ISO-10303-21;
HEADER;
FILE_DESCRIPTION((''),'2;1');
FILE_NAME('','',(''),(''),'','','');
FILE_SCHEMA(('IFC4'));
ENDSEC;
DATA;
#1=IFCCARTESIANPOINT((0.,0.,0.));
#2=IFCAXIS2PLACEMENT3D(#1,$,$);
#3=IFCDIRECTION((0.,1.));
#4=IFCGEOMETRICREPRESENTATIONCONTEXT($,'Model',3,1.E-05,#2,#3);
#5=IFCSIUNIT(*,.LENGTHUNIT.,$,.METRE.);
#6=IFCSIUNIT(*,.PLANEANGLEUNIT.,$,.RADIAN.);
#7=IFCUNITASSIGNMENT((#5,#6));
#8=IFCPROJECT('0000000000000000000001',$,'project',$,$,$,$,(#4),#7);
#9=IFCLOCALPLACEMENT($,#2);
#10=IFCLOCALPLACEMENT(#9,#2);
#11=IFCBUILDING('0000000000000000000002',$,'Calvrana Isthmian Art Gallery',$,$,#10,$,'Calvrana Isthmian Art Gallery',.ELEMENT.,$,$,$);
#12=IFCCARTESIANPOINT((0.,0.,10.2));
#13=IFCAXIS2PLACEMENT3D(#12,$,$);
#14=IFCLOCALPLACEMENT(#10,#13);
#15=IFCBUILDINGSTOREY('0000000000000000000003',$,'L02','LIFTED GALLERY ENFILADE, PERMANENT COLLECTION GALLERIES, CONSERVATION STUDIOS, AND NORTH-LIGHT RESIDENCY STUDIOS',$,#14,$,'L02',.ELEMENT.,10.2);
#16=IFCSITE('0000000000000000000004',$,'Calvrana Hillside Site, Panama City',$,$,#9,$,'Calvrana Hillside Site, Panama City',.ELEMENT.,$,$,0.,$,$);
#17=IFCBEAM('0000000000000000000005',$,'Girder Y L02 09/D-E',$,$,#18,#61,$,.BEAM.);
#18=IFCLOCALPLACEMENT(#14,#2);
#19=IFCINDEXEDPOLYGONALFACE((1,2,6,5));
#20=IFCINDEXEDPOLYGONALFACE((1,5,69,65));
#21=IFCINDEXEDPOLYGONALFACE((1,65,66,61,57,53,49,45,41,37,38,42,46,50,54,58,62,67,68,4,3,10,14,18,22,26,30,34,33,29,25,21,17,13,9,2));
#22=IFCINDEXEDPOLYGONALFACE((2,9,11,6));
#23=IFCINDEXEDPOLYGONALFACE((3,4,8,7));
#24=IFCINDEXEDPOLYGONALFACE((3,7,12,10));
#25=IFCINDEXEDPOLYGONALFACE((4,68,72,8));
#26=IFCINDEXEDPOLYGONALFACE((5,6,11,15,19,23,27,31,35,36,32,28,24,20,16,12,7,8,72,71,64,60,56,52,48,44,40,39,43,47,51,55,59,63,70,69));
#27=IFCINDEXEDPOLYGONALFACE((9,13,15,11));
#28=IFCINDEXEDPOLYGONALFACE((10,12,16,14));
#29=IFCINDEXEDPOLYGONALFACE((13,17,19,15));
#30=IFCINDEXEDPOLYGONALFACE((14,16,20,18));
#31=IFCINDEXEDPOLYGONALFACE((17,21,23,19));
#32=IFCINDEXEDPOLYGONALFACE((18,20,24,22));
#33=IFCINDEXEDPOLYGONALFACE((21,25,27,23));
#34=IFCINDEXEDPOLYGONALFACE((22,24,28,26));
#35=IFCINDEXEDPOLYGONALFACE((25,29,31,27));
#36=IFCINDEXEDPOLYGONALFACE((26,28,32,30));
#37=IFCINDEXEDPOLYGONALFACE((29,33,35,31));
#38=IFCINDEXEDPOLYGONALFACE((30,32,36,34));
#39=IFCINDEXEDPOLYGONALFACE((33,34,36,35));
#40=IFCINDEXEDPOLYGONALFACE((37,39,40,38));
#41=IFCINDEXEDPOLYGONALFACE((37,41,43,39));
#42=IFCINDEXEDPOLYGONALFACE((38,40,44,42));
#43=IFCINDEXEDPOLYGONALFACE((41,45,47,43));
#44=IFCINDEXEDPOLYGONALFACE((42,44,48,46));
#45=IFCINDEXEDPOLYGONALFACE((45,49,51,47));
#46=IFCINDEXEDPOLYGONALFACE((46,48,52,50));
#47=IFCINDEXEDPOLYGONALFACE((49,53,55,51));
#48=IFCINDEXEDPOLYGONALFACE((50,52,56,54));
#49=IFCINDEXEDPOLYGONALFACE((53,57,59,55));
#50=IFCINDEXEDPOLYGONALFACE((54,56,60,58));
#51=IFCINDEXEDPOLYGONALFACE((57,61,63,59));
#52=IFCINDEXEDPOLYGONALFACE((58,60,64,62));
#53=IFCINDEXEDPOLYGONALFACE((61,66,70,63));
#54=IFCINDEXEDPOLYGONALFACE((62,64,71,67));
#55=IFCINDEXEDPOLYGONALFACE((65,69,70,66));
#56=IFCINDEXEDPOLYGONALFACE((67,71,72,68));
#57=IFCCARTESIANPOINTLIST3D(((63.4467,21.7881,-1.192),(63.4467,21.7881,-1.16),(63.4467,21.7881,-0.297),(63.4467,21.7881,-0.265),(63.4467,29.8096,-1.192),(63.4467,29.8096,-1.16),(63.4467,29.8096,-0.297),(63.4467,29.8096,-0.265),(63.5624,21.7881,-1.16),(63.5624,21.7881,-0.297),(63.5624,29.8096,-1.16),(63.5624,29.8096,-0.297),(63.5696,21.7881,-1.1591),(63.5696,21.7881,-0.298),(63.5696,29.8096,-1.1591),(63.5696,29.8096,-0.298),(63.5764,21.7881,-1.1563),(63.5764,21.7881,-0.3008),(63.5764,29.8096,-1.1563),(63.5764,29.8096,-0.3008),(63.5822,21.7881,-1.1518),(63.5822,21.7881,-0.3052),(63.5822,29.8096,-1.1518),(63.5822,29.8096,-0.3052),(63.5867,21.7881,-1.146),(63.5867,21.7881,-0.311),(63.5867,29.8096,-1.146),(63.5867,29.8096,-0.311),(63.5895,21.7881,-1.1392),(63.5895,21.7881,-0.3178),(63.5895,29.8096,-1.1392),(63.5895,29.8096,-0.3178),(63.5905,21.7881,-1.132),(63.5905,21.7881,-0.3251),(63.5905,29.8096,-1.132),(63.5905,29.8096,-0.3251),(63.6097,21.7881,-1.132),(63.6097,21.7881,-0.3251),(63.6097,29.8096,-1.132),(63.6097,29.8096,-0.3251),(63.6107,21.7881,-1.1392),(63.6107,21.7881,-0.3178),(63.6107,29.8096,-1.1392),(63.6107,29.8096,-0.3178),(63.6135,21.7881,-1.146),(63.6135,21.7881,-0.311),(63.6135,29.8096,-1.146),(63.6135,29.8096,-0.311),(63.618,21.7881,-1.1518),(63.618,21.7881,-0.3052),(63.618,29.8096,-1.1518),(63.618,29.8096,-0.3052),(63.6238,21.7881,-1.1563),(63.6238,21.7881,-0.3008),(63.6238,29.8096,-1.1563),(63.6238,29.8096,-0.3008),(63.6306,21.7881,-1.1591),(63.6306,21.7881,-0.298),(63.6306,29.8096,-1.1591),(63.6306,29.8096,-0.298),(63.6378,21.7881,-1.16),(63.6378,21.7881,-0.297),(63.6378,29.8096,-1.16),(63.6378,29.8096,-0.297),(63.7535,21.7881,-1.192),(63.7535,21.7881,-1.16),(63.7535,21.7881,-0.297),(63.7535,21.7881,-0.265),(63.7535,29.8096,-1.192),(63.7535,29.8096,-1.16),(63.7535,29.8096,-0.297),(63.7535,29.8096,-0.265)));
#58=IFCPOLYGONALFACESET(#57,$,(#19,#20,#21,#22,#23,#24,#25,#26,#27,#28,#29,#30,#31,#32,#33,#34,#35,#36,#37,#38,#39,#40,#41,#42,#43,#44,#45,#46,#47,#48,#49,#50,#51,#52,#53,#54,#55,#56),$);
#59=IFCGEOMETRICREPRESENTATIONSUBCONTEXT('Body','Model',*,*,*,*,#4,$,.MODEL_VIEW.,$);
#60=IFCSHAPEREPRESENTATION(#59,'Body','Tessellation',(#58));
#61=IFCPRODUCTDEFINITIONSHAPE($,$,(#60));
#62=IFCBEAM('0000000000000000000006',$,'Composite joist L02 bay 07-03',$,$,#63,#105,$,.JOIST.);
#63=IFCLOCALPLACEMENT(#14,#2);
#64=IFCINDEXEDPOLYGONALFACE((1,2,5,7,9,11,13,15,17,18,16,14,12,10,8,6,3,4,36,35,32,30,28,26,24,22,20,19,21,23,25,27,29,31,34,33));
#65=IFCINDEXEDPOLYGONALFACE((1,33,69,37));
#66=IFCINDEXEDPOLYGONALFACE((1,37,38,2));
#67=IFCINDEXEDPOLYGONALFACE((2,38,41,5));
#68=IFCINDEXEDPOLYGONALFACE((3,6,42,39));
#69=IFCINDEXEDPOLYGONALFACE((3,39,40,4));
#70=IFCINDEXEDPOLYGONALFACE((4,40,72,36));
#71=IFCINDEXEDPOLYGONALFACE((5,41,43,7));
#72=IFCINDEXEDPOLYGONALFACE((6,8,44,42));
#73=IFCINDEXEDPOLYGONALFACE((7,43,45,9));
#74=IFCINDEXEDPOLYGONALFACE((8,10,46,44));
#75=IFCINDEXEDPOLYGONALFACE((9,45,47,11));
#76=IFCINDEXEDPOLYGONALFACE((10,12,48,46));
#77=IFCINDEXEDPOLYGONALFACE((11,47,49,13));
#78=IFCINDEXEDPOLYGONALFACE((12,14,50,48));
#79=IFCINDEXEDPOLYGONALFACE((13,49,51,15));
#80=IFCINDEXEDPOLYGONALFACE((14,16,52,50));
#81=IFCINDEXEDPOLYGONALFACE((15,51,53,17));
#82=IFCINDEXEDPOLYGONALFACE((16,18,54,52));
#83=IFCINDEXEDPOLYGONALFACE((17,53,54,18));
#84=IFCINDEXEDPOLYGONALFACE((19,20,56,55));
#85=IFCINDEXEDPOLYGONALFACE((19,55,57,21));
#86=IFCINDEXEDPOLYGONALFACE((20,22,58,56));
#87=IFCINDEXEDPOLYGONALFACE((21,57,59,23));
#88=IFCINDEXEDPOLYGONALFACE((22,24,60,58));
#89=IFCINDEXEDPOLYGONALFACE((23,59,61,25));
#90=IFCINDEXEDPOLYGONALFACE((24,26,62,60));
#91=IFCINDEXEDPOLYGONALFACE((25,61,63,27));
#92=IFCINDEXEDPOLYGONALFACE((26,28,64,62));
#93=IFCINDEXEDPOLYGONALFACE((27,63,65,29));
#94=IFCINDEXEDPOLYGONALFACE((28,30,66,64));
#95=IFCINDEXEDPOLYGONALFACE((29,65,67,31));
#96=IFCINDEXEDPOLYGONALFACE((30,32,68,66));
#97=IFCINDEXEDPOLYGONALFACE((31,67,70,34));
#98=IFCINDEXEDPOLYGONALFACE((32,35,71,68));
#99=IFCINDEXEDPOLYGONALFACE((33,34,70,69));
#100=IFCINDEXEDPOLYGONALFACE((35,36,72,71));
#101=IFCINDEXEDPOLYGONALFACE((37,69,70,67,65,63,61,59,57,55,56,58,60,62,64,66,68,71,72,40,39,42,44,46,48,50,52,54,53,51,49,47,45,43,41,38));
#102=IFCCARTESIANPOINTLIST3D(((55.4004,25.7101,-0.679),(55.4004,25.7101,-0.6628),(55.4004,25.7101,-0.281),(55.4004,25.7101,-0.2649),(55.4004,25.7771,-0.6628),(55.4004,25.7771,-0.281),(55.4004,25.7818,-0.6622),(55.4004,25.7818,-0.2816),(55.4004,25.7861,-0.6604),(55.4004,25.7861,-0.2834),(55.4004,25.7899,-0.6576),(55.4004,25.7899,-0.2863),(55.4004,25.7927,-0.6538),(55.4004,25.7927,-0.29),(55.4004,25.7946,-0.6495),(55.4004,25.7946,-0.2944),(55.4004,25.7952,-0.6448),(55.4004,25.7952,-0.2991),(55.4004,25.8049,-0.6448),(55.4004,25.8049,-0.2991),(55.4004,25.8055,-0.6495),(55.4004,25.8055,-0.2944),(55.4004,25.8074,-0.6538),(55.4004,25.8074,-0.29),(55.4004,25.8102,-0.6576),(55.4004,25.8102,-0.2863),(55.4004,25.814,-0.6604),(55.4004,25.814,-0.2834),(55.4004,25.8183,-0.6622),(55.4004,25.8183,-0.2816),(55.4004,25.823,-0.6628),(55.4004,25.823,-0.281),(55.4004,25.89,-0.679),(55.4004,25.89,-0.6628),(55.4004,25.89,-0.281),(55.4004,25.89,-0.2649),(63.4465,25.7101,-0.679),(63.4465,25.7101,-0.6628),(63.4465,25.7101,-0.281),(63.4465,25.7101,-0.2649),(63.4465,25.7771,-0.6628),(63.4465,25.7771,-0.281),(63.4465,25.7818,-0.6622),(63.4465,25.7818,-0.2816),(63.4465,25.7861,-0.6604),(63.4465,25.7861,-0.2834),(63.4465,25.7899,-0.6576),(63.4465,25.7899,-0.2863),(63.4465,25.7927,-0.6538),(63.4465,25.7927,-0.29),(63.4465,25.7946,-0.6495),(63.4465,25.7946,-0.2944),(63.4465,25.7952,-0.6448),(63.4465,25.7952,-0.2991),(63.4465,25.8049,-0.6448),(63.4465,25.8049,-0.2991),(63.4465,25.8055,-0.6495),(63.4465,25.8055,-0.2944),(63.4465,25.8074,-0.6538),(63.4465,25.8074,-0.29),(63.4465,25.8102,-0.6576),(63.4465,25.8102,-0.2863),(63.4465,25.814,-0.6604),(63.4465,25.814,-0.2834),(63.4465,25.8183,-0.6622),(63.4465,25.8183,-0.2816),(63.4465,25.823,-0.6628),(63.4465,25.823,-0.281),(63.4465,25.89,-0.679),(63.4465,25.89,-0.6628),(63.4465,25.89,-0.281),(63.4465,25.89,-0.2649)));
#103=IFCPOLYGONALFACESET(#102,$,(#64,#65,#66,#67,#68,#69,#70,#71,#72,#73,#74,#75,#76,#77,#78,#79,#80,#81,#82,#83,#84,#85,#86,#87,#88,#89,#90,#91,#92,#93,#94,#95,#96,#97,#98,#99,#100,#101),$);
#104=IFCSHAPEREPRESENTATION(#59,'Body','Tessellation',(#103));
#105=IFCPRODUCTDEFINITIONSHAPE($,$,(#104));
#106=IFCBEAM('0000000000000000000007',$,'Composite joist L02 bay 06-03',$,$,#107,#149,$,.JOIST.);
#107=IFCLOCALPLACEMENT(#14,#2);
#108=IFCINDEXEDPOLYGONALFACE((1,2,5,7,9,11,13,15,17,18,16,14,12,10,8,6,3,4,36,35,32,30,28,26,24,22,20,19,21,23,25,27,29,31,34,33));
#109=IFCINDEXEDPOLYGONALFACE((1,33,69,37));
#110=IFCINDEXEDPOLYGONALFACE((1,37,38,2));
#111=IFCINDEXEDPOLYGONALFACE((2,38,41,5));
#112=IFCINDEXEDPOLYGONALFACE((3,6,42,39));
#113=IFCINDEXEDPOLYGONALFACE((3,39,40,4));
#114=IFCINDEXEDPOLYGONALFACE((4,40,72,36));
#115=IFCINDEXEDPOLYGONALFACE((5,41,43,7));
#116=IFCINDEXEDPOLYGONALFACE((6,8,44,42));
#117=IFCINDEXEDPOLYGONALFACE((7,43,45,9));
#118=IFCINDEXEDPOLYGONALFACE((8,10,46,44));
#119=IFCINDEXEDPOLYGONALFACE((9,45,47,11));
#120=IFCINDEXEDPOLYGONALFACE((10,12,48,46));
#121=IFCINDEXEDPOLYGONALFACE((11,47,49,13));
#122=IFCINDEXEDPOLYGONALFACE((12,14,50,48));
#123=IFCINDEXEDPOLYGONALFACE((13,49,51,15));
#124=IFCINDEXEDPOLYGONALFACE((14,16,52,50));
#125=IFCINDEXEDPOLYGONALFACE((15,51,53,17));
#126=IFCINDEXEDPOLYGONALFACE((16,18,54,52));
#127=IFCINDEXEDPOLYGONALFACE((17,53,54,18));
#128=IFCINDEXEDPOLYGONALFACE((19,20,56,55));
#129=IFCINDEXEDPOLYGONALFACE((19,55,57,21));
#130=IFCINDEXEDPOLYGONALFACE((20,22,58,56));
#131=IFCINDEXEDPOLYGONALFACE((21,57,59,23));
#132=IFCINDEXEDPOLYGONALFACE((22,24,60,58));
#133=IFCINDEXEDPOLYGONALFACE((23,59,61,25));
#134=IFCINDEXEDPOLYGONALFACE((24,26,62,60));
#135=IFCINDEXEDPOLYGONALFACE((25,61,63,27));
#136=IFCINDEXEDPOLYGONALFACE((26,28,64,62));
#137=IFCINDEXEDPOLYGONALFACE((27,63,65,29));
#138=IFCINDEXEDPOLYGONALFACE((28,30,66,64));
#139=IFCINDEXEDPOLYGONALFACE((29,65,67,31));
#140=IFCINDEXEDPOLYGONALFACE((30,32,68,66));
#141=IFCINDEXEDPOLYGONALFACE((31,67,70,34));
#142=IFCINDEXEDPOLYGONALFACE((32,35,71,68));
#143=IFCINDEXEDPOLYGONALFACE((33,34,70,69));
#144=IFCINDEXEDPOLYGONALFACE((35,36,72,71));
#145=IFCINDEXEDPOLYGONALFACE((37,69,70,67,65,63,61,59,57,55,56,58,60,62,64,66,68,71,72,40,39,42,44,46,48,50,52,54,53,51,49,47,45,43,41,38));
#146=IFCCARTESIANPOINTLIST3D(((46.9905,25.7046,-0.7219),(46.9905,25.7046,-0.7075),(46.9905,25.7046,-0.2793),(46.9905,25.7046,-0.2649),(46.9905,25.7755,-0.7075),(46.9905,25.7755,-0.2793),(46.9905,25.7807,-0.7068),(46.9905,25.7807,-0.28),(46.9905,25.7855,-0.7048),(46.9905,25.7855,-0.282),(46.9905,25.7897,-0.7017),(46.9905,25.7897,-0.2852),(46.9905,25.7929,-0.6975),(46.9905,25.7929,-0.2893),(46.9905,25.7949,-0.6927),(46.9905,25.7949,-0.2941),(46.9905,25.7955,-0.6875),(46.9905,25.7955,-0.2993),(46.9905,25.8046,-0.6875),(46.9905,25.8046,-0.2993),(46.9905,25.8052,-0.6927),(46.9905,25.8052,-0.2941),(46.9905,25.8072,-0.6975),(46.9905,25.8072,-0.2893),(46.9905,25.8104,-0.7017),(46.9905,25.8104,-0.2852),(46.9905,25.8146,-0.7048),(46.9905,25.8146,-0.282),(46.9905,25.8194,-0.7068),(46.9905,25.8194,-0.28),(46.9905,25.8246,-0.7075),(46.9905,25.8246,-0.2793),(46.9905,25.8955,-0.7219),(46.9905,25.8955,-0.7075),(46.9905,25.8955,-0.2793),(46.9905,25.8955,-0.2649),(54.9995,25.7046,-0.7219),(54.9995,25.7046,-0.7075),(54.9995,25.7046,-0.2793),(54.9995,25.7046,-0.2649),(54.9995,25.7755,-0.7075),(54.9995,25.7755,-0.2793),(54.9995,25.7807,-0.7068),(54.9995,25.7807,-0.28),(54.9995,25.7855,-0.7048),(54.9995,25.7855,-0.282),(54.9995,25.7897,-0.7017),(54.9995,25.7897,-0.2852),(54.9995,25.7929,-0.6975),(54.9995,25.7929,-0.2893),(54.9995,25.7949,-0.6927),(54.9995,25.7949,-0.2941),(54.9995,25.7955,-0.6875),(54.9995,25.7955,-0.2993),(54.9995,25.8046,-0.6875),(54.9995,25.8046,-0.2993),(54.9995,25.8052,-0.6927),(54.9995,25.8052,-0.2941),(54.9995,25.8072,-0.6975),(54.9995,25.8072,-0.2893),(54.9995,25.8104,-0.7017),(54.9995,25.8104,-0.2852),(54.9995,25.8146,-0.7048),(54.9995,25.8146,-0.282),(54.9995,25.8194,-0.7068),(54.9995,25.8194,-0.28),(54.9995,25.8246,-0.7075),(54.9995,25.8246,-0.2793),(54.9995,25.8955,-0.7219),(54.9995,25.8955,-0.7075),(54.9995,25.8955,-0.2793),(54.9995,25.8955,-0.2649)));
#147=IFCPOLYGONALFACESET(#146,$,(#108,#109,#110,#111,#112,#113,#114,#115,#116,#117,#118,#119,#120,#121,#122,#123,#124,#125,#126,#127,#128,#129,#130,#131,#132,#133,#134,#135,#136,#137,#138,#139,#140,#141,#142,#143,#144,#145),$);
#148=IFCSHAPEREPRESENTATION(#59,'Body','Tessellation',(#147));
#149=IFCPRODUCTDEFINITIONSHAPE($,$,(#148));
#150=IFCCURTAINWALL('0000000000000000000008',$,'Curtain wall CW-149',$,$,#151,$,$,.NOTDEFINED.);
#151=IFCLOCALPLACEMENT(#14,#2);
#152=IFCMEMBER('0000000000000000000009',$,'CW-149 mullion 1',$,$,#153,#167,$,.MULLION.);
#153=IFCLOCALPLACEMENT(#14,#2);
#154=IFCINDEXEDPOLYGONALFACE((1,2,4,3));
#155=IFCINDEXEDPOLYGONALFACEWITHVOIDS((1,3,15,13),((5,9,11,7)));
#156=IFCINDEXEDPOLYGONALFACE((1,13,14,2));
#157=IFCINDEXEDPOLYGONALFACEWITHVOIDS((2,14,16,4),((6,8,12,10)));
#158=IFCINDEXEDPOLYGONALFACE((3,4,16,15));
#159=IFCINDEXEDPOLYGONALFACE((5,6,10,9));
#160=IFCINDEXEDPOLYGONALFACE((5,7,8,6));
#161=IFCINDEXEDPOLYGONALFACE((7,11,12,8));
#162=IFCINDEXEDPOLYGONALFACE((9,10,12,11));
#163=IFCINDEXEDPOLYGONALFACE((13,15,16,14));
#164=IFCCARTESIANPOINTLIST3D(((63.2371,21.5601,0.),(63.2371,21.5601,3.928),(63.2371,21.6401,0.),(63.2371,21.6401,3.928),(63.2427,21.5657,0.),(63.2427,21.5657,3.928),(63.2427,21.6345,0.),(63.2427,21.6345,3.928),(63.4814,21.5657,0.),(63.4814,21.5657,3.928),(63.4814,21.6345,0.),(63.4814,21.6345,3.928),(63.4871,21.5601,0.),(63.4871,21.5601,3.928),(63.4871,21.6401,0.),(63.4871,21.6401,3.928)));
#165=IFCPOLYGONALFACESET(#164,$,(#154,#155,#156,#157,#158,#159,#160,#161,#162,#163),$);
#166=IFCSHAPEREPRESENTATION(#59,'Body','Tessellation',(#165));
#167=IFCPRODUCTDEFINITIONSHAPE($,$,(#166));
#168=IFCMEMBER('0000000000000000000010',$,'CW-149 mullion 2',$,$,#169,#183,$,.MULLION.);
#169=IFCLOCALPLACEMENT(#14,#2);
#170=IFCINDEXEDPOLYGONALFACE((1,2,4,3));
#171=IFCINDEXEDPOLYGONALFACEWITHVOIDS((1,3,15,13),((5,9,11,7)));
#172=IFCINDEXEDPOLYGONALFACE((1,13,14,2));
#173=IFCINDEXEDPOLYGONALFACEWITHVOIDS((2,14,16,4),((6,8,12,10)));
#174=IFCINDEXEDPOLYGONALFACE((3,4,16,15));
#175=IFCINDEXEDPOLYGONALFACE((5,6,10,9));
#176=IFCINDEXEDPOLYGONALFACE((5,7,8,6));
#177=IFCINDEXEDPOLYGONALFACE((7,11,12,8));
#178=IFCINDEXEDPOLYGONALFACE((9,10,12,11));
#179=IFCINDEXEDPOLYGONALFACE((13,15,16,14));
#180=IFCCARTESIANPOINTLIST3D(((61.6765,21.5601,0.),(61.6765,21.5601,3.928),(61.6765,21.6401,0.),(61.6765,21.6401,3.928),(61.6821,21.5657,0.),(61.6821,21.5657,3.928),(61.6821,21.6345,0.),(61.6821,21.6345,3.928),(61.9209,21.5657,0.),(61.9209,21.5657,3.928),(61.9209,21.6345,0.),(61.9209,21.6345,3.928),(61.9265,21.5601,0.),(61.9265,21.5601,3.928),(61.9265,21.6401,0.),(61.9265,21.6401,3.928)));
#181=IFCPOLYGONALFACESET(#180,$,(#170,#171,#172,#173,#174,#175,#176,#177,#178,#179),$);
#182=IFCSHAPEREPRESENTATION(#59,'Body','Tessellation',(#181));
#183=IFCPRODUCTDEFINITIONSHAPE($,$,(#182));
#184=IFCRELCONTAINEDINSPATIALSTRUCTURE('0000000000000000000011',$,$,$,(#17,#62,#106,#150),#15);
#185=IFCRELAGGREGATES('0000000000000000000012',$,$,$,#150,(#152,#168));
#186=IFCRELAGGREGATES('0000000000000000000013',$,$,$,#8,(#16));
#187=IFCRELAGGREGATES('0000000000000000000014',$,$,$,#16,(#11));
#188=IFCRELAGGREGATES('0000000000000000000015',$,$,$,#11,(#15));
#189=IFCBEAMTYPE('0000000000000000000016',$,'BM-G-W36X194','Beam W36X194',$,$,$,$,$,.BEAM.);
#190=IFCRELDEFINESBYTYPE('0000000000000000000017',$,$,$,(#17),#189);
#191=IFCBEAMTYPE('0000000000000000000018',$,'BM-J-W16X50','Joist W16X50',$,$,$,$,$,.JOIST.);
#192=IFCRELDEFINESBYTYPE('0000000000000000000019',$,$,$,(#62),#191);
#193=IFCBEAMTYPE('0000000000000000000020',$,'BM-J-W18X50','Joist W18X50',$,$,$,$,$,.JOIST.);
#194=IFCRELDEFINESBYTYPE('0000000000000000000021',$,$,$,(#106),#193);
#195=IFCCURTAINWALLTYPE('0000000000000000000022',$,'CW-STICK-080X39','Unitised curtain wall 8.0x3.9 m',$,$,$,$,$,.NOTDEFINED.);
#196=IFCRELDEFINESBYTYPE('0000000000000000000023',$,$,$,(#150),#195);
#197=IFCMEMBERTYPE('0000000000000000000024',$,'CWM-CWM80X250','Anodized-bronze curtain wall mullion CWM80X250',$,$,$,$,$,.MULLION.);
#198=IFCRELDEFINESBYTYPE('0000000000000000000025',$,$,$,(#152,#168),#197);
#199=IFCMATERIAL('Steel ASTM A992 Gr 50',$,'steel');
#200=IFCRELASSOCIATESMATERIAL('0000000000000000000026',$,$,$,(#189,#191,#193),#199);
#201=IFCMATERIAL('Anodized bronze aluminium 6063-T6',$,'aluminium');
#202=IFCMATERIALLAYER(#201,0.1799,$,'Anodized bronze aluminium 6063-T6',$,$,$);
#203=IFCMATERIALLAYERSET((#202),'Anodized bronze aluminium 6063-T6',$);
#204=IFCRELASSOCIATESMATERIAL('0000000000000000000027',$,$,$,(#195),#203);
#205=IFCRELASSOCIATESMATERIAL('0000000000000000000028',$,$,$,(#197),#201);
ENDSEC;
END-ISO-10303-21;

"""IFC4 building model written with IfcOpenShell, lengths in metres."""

from ifc_helpers import new_model, si_unit, direction, frame, origin, origin_2d, place, context, subcontext, project, spatial, hollow_rectangle, i_section, extrude, material, layer, layer_set, material_profile, profile_set, type_object, element, aggregate, save


model = new_model("IFC4")

# Units and contexts
model_context = context("Model", 3, precision=1e-05, world=origin(), true_north=direction((0.0, 1.0)))
body_context = subcontext(model_context, "Body", "Model", "MODEL_VIEW")
ifc_project = project(units=[si_unit("LENGTHUNIT", "METRE"), si_unit("PLANEANGLEUNIT", "RADIAN")], contexts=[model_context])

# Site, building, storey
site_placement = place(None, origin())
site = spatial("IfcSite", under=ifc_project, at=site_placement, Name="Calvrana Hillside Site, Panama City", LongName="Calvrana Hillside Site, Panama City", CompositionType="ELEMENT", RefElevation=0.0)
building_placement = place(site_placement, origin())
building = spatial("IfcBuilding", under=site, at=building_placement, Name="Calvrana Isthmian Art Gallery", LongName="Calvrana Isthmian Art Gallery", CompositionType="ELEMENT")
storey_placement = place(building_placement, frame((0.0, 0.0, 10.2)))
storey = spatial("IfcBuildingStorey", under=building, at=storey_placement, Name="L02", Description="LIFTED GALLERY ENFILADE, PERMANENT COLLECTION GALLERIES, CONSERVATION STUDIOS, AND NORTH-LIGHT RESIDENCY STUDIOS", LongName="L02", CompositionType="ELEMENT", Elevation=10.2)

# Shared definitions
ifc_material_1 = material(Name="Steel ASTM A992 Gr 50", Category="steel")

# Beams
ifc_material_profile_1 = material_profile(ifc_material_1, i_section(OverallWidth=0.3069, OverallDepth=0.927, WebThickness=0.0193, FlangeThickness=0.032, FilletRadius=0.0281, at=origin_2d()), Name="W36X194")
ifc_profile_set_1 = profile_set([ifc_material_profile_1], Name="Steel ASTM A992 Gr 50")
beam_type_1 = type_object("IfcBeamType", Name="BM-G-W36X194", Description="Beam W36X194", PredefinedType="BEAM", material=ifc_profile_set_1)
beam_1_placement = place(storey_placement, frame((63.6001, 21.7881, -0.7285), z_axis=(0.0, 1.0, 0.0), x_axis=(-1.0, 0.0, 0.0)))
element("IfcBeam", 1, at=beam_1_placement, inside=storey, type_object=beam_type_1, Name="Girder Y L02 09/D-E", PredefinedType="BEAM", context=body_context, shape_type="SweptSolid", body=[
    extrude(i_section(OverallWidth=0.3069, OverallDepth=0.927, WebThickness=0.0193, FlangeThickness=0.032, FilletRadius=0.0281, at=origin_2d()), origin(), (0.0, 0.0, 1.0), 8.0215),
])
ifc_material_profile_2 = material_profile(ifc_material_1, i_section(OverallWidth=0.1799, OverallDepth=0.4141, WebThickness=0.0098, FlangeThickness=0.0161, FilletRadius=0.0181, at=origin_2d()), Name="W16X50")
ifc_profile_set_2 = profile_set([ifc_material_profile_2], Name="Steel ASTM A992 Gr 50")
beam_type_2 = type_object("IfcBeamType", Name="BM-J-W16X50", Description="Joist W16X50", PredefinedType="JOIST", material=ifc_profile_set_2)
beam_2_placement = place(storey_placement, frame((55.4004, 25.8, -0.4719), z_axis=(1.0, 0.0, 0.0), x_axis=(0.0, 1.0, 0.0)))
element("IfcBeam", 2, at=beam_2_placement, inside=storey, type_object=beam_type_2, Name="Composite joist L02 bay 07-03", PredefinedType="JOIST", context=body_context, shape_type="SweptSolid", body=[
    extrude(i_section(OverallWidth=0.1799, OverallDepth=0.4141, WebThickness=0.0098, FlangeThickness=0.0161, FilletRadius=0.0181, at=origin_2d()), origin(), (0.0, 0.0, 1.0), 8.0461),
])
ifc_material_profile_3 = material_profile(ifc_material_1, i_section(OverallWidth=0.1909, OverallDepth=0.457, WebThickness=0.009, FlangeThickness=0.0144, FilletRadius=0.02, at=origin_2d()), Name="W18X50")
ifc_profile_set_3 = profile_set([ifc_material_profile_3], Name="Steel ASTM A992 Gr 50")
beam_type_3 = type_object("IfcBeamType", Name="BM-J-W18X50", Description="Joist W18X50", PredefinedType="JOIST", material=ifc_profile_set_3)
beam_3_placement = place(storey_placement, frame((46.9905, 25.8, -0.4934), z_axis=(1.0, 0.0, 0.0), x_axis=(0.0, 1.0, 0.0)))
element("IfcBeam", 3, at=beam_3_placement, inside=storey, type_object=beam_type_3, Name="Composite joist L02 bay 06-03", PredefinedType="JOIST", context=body_context, shape_type="SweptSolid", body=[
    extrude(i_section(OverallWidth=0.1909, OverallDepth=0.457, WebThickness=0.009, FlangeThickness=0.0144, FilletRadius=0.02, at=origin_2d()), origin(), (0.0, 0.0, 1.0), 8.009),
])

# Curtain wall, members
ifc_material_2 = material(Name="Anodized bronze aluminium 6063-T6", Category="aluminium")
ifc_layer_1 = layer(ifc_material_2, 0.1799, Name="Anodized bronze aluminium 6063-T6")
ifc_layer_set_1 = layer_set([ifc_layer_1], Name="Anodized bronze aluminium 6063-T6")
curtain_wall_type = type_object("IfcCurtainWallType", Name="CW-STICK-080X39", Description="Unitised curtain wall 8.0x3.9 m", PredefinedType="NOTDEFINED", material=ifc_layer_set_1)
curtain_wall_placement = place(storey_placement, origin())
curtain_wall = element("IfcCurtainWall", 4, at=curtain_wall_placement, inside=storey, type_object=curtain_wall_type, Name="Curtain wall CW-149", PredefinedType="NOTDEFINED")
ifc_material_profile_4 = material_profile(ifc_material_2, hollow_rectangle(XDim=0.0801, YDim=0.25, WallThickness=0.0056, at=origin_2d()), Name="CWM80X250")
ifc_profile_set_4 = profile_set([ifc_material_profile_4], Name="Anodized bronze aluminium 6063-T6")
member_type_1 = type_object("IfcMemberType", Name="CWM-CWM80X250", Description="Anodized-bronze curtain wall mullion CWM80X250", PredefinedType="MULLION", material=ifc_profile_set_4)
member_1_placement = place(storey_placement, frame((63.3621, 21.6001, 0.0), z_axis=(0.0, 0.0, 1.0), x_axis=(0.0, -1.0, 0.0)))
member_1 = element("IfcMember", 5, at=member_1_placement, type_object=member_type_1, Name="CW-149 mullion 1", PredefinedType="MULLION", context=body_context, shape_type="SweptSolid", body=[
    extrude(hollow_rectangle(XDim=0.0801, YDim=0.25, WallThickness=0.0056, at=origin_2d()), origin(), (0.0, 0.0, 1.0), 3.928),
])
member_2_placement = place(storey_placement, frame((61.8015, 21.6001, 0.0), z_axis=(0.0, 0.0, 1.0), x_axis=(0.0, -1.0, 0.0)))
member_2 = element("IfcMember", 6, at=member_2_placement, type_object=member_type_1, Name="CW-149 mullion 2", PredefinedType="MULLION", context=body_context, shape_type="SweptSolid", body=[
    extrude(hollow_rectangle(XDim=0.0801, YDim=0.25, WallThickness=0.0056, at=origin_2d()), origin(), (0.0, 0.0, 1.0), 3.928),
])
aggregate(curtain_wall, [member_1, member_2])

save(model, "model.ifc")
